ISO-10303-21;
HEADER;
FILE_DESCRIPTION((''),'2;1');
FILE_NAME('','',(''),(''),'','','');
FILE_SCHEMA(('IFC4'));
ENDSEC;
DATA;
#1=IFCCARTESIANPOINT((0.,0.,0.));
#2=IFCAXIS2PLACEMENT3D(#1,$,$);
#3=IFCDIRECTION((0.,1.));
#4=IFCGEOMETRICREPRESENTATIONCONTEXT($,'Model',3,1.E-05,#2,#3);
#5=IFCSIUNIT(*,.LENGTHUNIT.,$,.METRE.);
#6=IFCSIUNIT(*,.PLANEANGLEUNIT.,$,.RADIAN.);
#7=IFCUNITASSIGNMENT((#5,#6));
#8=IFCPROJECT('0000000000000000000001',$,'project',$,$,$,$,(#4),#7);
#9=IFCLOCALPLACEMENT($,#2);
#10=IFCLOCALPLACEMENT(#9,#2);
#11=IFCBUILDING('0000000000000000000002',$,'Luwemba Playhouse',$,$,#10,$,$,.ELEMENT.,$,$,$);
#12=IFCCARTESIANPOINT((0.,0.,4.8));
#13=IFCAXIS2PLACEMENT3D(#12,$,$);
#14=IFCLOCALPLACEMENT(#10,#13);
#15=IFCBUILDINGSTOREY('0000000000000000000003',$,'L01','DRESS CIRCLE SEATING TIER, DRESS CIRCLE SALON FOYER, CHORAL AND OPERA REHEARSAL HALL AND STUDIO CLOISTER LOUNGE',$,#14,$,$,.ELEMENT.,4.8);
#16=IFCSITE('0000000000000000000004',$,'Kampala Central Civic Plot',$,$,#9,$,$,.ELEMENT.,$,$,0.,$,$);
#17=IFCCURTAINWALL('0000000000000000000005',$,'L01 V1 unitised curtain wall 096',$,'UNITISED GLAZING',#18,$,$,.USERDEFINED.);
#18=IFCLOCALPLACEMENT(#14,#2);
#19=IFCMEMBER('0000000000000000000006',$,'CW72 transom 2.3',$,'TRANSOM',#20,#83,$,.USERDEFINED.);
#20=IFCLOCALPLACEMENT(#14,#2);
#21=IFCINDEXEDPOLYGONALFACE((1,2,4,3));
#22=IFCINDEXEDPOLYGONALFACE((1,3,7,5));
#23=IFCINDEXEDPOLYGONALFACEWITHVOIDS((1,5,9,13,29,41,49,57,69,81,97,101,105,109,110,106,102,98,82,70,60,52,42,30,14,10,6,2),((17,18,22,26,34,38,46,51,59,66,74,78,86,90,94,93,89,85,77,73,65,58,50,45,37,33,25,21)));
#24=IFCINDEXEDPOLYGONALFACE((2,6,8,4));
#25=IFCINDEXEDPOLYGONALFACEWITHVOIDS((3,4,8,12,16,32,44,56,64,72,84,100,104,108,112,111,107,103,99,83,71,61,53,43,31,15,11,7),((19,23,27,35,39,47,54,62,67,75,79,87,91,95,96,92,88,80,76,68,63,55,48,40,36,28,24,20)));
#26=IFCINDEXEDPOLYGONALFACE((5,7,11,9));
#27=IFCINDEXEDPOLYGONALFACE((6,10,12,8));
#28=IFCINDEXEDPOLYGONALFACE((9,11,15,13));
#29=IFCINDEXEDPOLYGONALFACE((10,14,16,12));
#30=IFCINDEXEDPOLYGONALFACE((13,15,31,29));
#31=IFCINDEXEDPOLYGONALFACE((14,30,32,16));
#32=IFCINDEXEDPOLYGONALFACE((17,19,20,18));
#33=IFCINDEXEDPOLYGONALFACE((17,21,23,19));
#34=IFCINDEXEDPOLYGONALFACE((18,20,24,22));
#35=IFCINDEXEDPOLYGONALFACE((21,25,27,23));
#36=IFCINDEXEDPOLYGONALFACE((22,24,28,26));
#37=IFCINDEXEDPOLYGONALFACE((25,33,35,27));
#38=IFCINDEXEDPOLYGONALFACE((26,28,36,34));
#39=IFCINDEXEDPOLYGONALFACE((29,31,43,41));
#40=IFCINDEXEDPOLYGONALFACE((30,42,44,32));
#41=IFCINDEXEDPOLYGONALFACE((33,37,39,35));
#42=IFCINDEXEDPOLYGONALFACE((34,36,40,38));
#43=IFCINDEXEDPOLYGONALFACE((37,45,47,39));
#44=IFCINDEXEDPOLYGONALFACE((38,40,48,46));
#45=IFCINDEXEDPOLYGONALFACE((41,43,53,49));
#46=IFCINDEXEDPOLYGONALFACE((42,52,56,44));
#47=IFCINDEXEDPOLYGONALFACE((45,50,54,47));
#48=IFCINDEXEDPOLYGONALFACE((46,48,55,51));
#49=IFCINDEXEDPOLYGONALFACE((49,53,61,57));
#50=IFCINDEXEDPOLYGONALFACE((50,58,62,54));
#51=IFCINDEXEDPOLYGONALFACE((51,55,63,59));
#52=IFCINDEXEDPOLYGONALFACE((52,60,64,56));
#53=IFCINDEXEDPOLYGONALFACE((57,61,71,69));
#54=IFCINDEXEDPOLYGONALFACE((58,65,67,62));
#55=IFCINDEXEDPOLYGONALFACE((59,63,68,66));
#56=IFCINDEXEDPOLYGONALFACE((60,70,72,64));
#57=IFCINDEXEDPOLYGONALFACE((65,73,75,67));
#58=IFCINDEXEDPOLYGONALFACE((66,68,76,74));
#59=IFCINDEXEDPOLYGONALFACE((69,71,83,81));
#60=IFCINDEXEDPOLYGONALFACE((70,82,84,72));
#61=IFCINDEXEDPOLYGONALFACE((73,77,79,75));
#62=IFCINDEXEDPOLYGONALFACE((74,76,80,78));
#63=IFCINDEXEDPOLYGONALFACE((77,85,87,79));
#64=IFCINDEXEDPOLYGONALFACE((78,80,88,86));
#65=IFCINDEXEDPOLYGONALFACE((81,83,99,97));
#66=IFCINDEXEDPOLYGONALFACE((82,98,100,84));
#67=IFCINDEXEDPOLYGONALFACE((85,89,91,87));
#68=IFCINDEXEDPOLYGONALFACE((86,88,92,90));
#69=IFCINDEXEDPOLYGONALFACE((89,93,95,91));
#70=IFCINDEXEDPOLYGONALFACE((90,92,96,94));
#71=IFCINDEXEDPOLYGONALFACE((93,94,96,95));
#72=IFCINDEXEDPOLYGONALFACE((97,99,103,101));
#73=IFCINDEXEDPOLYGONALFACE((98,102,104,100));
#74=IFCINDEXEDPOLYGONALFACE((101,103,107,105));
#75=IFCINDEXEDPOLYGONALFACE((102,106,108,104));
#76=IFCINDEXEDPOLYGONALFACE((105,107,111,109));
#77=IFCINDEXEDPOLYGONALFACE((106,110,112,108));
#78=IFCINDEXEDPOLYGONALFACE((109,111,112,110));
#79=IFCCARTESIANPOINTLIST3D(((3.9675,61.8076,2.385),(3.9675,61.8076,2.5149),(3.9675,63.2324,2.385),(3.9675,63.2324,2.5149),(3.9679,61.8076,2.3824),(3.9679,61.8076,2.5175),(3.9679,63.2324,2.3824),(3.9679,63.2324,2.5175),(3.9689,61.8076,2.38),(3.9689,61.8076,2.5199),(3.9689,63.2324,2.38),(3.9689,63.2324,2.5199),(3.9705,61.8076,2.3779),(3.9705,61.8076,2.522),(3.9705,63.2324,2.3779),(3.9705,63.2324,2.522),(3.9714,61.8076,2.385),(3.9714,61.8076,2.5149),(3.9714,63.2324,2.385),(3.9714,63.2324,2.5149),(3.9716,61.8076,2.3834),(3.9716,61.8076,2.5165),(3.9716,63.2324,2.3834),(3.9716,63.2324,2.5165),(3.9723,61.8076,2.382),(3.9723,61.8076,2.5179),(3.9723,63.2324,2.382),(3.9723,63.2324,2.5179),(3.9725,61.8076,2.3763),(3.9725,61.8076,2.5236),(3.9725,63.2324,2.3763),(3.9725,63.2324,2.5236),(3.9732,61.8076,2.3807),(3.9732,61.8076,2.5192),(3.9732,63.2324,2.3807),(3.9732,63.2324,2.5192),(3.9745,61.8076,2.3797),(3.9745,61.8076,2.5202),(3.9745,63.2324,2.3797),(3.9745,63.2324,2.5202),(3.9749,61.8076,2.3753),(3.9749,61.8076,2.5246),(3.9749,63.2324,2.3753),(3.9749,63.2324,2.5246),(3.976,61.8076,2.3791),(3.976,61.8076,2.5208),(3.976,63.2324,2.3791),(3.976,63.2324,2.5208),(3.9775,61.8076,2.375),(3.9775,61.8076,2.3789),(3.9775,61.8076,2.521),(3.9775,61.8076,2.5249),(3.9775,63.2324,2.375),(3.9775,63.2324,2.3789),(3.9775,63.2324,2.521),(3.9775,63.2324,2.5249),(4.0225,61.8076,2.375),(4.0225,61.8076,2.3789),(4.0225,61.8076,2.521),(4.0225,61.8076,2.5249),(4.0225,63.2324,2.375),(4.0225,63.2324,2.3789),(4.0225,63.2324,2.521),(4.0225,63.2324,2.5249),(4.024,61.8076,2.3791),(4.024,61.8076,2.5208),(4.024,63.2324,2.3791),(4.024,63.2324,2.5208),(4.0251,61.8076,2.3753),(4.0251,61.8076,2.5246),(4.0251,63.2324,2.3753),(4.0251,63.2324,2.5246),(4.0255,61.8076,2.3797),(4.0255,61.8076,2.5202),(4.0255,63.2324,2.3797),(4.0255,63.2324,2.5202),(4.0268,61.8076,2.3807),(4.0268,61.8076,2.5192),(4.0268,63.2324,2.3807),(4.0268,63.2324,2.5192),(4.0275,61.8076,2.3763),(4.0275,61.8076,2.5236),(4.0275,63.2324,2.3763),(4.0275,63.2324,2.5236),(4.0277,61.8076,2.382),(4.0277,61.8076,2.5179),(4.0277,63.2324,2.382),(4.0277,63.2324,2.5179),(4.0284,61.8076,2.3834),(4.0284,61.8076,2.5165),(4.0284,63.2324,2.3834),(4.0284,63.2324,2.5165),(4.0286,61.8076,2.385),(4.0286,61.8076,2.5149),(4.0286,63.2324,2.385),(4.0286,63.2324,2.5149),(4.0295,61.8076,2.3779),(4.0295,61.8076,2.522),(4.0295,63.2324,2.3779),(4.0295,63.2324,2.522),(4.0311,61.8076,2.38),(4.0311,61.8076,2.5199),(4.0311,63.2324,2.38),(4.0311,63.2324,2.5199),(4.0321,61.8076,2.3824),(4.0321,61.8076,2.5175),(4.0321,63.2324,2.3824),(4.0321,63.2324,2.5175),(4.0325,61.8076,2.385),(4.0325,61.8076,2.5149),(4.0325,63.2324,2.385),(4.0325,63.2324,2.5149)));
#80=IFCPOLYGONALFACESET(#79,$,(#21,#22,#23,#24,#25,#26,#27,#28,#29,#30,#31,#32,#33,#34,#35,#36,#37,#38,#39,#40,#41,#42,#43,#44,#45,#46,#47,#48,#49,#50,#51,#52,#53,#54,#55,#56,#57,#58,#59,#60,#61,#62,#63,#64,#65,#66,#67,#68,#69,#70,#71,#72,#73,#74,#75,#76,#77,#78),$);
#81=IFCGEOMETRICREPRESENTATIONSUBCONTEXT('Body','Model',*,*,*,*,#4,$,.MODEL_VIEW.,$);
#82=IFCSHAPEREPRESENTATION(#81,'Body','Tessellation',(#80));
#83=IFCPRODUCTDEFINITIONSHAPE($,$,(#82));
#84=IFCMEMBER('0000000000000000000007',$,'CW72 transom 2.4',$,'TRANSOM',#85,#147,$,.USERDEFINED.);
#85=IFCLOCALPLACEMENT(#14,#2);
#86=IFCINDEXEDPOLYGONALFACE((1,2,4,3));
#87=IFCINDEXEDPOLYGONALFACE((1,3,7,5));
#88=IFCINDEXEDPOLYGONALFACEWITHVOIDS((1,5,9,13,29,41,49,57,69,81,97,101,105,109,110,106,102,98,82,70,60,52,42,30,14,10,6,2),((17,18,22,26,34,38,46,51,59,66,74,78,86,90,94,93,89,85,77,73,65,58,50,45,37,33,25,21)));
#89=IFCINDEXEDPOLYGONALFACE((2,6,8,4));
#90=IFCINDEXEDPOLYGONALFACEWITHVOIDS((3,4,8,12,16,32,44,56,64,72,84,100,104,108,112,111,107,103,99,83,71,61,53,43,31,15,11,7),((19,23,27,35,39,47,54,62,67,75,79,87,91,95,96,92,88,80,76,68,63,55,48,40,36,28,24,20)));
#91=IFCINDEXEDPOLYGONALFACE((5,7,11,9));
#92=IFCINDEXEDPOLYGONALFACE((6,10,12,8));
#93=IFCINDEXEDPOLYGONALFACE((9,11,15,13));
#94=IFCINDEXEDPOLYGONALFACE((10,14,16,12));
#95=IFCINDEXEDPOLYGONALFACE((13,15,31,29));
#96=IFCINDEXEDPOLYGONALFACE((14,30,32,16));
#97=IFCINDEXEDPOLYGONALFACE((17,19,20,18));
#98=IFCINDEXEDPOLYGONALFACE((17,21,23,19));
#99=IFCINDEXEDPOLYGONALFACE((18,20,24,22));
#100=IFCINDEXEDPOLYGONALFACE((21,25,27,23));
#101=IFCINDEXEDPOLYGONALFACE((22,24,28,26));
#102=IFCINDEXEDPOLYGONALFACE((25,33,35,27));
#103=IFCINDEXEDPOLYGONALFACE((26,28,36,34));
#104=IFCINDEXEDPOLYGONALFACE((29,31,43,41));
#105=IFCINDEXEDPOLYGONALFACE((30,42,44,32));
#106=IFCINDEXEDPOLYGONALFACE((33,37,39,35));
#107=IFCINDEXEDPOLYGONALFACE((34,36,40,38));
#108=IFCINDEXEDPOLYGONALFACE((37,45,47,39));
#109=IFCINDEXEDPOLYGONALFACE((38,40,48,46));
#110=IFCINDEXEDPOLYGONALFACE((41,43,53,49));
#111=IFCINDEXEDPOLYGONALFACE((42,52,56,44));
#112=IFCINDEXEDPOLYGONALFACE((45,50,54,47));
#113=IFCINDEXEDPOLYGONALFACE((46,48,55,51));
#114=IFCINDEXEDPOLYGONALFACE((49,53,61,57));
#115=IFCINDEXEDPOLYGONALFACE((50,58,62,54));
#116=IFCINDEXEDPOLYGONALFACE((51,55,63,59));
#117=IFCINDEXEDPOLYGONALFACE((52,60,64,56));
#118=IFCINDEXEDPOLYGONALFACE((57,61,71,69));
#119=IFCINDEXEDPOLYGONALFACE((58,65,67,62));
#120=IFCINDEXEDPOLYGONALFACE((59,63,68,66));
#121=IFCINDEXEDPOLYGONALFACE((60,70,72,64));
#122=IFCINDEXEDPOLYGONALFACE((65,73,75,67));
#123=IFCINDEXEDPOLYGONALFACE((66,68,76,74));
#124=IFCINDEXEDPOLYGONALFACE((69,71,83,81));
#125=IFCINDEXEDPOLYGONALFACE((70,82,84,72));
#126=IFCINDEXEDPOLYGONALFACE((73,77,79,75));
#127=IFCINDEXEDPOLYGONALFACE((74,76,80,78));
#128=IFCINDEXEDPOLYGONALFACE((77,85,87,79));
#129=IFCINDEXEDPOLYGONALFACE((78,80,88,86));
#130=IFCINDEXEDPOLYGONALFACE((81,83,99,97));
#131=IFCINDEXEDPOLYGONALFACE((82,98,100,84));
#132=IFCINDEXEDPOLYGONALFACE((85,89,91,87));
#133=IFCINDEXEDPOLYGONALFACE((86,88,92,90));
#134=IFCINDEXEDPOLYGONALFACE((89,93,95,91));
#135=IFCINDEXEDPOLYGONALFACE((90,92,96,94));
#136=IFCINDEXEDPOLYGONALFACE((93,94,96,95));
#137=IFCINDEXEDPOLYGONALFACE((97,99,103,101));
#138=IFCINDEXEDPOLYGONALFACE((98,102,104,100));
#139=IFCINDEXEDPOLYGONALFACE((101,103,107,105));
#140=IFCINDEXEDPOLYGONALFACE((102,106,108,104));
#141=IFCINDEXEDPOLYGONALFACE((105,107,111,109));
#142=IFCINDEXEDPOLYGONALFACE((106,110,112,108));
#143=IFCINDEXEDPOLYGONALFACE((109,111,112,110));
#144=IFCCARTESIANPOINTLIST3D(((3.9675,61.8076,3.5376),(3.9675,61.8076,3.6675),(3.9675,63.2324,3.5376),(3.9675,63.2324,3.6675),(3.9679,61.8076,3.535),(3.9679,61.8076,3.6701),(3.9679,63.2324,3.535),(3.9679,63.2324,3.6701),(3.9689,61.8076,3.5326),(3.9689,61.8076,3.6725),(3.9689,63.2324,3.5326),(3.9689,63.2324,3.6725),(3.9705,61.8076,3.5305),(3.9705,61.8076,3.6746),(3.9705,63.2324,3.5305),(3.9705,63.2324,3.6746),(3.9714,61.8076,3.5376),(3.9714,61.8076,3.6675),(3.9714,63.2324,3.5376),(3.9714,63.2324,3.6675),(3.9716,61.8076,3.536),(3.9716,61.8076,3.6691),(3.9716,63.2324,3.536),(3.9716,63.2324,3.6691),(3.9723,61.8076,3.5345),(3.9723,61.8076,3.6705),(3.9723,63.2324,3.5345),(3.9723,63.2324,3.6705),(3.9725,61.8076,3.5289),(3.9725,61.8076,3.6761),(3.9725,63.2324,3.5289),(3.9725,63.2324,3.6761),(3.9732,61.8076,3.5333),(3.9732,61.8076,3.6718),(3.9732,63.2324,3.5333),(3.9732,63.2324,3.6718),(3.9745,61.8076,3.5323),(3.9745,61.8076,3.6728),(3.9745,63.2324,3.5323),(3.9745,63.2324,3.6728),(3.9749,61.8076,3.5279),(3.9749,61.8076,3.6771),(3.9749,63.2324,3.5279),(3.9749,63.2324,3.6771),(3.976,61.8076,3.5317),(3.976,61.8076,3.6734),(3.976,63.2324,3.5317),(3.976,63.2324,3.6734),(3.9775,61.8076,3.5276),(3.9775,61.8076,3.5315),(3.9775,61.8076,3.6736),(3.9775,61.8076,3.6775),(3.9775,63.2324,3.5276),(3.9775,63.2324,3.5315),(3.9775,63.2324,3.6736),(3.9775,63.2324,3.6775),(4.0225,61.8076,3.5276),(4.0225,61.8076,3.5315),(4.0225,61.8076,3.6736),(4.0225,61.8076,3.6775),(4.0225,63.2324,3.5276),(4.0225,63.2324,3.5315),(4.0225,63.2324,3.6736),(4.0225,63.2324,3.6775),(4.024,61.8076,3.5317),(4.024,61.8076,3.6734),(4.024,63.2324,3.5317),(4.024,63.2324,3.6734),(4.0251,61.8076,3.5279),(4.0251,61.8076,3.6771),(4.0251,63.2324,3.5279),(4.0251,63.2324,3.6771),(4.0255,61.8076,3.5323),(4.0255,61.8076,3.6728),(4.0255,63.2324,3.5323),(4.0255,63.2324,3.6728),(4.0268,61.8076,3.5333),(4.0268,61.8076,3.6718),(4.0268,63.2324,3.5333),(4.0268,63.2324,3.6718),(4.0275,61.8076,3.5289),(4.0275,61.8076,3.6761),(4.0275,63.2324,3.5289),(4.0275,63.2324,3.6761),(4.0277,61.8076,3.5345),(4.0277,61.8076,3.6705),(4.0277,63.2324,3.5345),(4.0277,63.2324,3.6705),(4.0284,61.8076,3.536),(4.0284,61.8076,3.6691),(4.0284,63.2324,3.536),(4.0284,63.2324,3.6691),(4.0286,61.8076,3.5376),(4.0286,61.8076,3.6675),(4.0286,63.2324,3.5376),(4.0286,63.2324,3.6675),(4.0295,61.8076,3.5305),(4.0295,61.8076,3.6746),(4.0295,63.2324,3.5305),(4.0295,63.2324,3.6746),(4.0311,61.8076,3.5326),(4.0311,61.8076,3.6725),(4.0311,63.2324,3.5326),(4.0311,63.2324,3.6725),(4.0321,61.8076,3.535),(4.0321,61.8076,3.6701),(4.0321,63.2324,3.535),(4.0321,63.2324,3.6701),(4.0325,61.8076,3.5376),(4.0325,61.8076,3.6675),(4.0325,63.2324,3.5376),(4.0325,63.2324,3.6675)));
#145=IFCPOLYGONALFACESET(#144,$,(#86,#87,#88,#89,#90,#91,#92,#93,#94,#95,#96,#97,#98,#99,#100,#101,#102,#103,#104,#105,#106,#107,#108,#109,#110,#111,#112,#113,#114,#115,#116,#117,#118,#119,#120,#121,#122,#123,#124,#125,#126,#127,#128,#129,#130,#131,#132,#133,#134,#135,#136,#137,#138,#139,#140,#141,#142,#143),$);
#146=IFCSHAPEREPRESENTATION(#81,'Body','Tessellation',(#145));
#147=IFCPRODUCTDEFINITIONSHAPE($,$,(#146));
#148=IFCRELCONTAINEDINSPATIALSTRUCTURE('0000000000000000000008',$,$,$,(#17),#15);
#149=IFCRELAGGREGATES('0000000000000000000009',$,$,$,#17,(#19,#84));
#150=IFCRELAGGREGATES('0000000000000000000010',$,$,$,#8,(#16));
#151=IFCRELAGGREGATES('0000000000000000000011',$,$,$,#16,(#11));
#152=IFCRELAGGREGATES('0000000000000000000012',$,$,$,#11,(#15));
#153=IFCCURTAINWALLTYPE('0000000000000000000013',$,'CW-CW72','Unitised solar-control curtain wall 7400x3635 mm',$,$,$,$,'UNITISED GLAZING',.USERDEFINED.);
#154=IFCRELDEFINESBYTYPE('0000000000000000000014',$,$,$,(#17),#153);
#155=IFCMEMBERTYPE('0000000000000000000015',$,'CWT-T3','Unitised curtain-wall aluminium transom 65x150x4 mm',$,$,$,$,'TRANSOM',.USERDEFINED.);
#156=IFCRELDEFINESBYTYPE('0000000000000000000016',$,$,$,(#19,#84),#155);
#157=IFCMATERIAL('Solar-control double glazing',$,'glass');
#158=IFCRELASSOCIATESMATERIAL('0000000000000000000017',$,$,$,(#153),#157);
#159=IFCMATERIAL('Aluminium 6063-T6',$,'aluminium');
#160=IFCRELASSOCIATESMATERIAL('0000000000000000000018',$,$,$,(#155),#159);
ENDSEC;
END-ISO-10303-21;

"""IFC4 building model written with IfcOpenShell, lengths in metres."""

from ifc_helpers import new_model, si_unit, direction, frame, origin, origin_2d, place, context, subcontext, project, spatial, hollow_rectangle, extrude, material, material_profile, profile_set, type_object, element, aggregate, save


model = new_model("IFC4")

# Units and contexts
model_context = context("Model", 3, precision=1e-05, world=origin(), true_north=direction((0.0, 1.0)))
body_context = subcontext(model_context, "Body", "Model", "MODEL_VIEW")
ifc_project = project(units=[si_unit("LENGTHUNIT", "METRE"), si_unit("PLANEANGLEUNIT", "RADIAN")], contexts=[model_context])

# Site, building, storey
site_placement = place(None, origin())
site = spatial("IfcSite", under=ifc_project, at=site_placement, Name="Kampala Central Civic Plot", CompositionType="ELEMENT", RefElevation=0.0)
building_placement = place(site_placement, origin())
building = spatial("IfcBuilding", under=site, at=building_placement, Name="Luwemba Playhouse", CompositionType="ELEMENT")
storey_placement = place(building_placement, frame((0.0, 0.0, 4.8)))
storey = spatial("IfcBuildingStorey", under=building, at=storey_placement, Name="L01", Description="DRESS CIRCLE SEATING TIER, DRESS CIRCLE SALON FOYER, CHORAL AND OPERA REHEARSAL HALL AND STUDIO CLOISTER LOUNGE", CompositionType="ELEMENT", Elevation=4.8)

# Curtain wall, members
ifc_material_1 = material(Name="Solar-control double glazing", Category="glass")
curtain_wall_type = type_object("IfcCurtainWallType", Name="CW-CW72", Description="Unitised solar-control curtain wall 7400x3635 mm", ElementType="UNITISED GLAZING", PredefinedType="USERDEFINED", material=ifc_material_1)
curtain_wall_placement = place(storey_placement, origin())
curtain_wall = element("IfcCurtainWall", 1, at=curtain_wall_placement, inside=storey, type_object=curtain_wall_type, Name="L01 V1 unitised curtain wall 096", ObjectType="UNITISED GLAZING", PredefinedType="USERDEFINED")
ifc_material_2 = material(Name="Aluminium 6063-T6", Category="aluminium")
ifc_material_profile_1 = material_profile(ifc_material_2, hollow_rectangle(XDim=0.0649, YDim=0.1499, WallThickness=0.0039, InnerFilletRadius=0.0061, OuterFilletRadius=0.01, at=origin_2d()))
ifc_profile_set_1 = profile_set([ifc_material_profile_1], Name="Aluminium 6063-T6")
member_type_1 = type_object("IfcMemberType", Name="CWT-T3", Description="Unitised curtain-wall aluminium transom 65x150x4 mm", ElementType="TRANSOM", PredefinedType="USERDEFINED", material=ifc_profile_set_1)
member_1_placement = place(storey_placement, frame((4.0, 61.8076, 2.45), z_axis=(0.0, 1.0, 0.0), x_axis=(-1.0, 0.0, 0.0)))
member_1 = element("IfcMember", 2, at=member_1_placement, type_object=member_type_1, Name="CW72 transom 2.3", ObjectType="TRANSOM", PredefinedType="USERDEFINED", context=body_context, shape_type="SweptSolid", body=[
    extrude(hollow_rectangle(XDim=0.0649, YDim=0.1499, WallThickness=0.0039, InnerFilletRadius=0.0061, OuterFilletRadius=0.01, at=origin_2d()), origin(), (0.0, 0.0, 1.0), 1.4248),
])
member_2_placement = place(storey_placement, frame((4.0, 61.8076, 3.6025), z_axis=(0.0, 1.0, 0.0), x_axis=(-1.0, 0.0, 0.0)))
member_2 = element("IfcMember", 3, at=member_2_placement, type_object=member_type_1, Name="CW72 transom 2.4", ObjectType="TRANSOM", PredefinedType="USERDEFINED", context=body_context, shape_type="SweptSolid", body=[
    extrude(hollow_rectangle(XDim=0.0649, YDim=0.1499, WallThickness=0.0039, InnerFilletRadius=0.0061, OuterFilletRadius=0.01, at=origin_2d()), origin(), (0.0, 0.0, 1.0), 1.4248),
])
aggregate(curtain_wall, [member_1, member_2])

save(model, "model.ifc")
